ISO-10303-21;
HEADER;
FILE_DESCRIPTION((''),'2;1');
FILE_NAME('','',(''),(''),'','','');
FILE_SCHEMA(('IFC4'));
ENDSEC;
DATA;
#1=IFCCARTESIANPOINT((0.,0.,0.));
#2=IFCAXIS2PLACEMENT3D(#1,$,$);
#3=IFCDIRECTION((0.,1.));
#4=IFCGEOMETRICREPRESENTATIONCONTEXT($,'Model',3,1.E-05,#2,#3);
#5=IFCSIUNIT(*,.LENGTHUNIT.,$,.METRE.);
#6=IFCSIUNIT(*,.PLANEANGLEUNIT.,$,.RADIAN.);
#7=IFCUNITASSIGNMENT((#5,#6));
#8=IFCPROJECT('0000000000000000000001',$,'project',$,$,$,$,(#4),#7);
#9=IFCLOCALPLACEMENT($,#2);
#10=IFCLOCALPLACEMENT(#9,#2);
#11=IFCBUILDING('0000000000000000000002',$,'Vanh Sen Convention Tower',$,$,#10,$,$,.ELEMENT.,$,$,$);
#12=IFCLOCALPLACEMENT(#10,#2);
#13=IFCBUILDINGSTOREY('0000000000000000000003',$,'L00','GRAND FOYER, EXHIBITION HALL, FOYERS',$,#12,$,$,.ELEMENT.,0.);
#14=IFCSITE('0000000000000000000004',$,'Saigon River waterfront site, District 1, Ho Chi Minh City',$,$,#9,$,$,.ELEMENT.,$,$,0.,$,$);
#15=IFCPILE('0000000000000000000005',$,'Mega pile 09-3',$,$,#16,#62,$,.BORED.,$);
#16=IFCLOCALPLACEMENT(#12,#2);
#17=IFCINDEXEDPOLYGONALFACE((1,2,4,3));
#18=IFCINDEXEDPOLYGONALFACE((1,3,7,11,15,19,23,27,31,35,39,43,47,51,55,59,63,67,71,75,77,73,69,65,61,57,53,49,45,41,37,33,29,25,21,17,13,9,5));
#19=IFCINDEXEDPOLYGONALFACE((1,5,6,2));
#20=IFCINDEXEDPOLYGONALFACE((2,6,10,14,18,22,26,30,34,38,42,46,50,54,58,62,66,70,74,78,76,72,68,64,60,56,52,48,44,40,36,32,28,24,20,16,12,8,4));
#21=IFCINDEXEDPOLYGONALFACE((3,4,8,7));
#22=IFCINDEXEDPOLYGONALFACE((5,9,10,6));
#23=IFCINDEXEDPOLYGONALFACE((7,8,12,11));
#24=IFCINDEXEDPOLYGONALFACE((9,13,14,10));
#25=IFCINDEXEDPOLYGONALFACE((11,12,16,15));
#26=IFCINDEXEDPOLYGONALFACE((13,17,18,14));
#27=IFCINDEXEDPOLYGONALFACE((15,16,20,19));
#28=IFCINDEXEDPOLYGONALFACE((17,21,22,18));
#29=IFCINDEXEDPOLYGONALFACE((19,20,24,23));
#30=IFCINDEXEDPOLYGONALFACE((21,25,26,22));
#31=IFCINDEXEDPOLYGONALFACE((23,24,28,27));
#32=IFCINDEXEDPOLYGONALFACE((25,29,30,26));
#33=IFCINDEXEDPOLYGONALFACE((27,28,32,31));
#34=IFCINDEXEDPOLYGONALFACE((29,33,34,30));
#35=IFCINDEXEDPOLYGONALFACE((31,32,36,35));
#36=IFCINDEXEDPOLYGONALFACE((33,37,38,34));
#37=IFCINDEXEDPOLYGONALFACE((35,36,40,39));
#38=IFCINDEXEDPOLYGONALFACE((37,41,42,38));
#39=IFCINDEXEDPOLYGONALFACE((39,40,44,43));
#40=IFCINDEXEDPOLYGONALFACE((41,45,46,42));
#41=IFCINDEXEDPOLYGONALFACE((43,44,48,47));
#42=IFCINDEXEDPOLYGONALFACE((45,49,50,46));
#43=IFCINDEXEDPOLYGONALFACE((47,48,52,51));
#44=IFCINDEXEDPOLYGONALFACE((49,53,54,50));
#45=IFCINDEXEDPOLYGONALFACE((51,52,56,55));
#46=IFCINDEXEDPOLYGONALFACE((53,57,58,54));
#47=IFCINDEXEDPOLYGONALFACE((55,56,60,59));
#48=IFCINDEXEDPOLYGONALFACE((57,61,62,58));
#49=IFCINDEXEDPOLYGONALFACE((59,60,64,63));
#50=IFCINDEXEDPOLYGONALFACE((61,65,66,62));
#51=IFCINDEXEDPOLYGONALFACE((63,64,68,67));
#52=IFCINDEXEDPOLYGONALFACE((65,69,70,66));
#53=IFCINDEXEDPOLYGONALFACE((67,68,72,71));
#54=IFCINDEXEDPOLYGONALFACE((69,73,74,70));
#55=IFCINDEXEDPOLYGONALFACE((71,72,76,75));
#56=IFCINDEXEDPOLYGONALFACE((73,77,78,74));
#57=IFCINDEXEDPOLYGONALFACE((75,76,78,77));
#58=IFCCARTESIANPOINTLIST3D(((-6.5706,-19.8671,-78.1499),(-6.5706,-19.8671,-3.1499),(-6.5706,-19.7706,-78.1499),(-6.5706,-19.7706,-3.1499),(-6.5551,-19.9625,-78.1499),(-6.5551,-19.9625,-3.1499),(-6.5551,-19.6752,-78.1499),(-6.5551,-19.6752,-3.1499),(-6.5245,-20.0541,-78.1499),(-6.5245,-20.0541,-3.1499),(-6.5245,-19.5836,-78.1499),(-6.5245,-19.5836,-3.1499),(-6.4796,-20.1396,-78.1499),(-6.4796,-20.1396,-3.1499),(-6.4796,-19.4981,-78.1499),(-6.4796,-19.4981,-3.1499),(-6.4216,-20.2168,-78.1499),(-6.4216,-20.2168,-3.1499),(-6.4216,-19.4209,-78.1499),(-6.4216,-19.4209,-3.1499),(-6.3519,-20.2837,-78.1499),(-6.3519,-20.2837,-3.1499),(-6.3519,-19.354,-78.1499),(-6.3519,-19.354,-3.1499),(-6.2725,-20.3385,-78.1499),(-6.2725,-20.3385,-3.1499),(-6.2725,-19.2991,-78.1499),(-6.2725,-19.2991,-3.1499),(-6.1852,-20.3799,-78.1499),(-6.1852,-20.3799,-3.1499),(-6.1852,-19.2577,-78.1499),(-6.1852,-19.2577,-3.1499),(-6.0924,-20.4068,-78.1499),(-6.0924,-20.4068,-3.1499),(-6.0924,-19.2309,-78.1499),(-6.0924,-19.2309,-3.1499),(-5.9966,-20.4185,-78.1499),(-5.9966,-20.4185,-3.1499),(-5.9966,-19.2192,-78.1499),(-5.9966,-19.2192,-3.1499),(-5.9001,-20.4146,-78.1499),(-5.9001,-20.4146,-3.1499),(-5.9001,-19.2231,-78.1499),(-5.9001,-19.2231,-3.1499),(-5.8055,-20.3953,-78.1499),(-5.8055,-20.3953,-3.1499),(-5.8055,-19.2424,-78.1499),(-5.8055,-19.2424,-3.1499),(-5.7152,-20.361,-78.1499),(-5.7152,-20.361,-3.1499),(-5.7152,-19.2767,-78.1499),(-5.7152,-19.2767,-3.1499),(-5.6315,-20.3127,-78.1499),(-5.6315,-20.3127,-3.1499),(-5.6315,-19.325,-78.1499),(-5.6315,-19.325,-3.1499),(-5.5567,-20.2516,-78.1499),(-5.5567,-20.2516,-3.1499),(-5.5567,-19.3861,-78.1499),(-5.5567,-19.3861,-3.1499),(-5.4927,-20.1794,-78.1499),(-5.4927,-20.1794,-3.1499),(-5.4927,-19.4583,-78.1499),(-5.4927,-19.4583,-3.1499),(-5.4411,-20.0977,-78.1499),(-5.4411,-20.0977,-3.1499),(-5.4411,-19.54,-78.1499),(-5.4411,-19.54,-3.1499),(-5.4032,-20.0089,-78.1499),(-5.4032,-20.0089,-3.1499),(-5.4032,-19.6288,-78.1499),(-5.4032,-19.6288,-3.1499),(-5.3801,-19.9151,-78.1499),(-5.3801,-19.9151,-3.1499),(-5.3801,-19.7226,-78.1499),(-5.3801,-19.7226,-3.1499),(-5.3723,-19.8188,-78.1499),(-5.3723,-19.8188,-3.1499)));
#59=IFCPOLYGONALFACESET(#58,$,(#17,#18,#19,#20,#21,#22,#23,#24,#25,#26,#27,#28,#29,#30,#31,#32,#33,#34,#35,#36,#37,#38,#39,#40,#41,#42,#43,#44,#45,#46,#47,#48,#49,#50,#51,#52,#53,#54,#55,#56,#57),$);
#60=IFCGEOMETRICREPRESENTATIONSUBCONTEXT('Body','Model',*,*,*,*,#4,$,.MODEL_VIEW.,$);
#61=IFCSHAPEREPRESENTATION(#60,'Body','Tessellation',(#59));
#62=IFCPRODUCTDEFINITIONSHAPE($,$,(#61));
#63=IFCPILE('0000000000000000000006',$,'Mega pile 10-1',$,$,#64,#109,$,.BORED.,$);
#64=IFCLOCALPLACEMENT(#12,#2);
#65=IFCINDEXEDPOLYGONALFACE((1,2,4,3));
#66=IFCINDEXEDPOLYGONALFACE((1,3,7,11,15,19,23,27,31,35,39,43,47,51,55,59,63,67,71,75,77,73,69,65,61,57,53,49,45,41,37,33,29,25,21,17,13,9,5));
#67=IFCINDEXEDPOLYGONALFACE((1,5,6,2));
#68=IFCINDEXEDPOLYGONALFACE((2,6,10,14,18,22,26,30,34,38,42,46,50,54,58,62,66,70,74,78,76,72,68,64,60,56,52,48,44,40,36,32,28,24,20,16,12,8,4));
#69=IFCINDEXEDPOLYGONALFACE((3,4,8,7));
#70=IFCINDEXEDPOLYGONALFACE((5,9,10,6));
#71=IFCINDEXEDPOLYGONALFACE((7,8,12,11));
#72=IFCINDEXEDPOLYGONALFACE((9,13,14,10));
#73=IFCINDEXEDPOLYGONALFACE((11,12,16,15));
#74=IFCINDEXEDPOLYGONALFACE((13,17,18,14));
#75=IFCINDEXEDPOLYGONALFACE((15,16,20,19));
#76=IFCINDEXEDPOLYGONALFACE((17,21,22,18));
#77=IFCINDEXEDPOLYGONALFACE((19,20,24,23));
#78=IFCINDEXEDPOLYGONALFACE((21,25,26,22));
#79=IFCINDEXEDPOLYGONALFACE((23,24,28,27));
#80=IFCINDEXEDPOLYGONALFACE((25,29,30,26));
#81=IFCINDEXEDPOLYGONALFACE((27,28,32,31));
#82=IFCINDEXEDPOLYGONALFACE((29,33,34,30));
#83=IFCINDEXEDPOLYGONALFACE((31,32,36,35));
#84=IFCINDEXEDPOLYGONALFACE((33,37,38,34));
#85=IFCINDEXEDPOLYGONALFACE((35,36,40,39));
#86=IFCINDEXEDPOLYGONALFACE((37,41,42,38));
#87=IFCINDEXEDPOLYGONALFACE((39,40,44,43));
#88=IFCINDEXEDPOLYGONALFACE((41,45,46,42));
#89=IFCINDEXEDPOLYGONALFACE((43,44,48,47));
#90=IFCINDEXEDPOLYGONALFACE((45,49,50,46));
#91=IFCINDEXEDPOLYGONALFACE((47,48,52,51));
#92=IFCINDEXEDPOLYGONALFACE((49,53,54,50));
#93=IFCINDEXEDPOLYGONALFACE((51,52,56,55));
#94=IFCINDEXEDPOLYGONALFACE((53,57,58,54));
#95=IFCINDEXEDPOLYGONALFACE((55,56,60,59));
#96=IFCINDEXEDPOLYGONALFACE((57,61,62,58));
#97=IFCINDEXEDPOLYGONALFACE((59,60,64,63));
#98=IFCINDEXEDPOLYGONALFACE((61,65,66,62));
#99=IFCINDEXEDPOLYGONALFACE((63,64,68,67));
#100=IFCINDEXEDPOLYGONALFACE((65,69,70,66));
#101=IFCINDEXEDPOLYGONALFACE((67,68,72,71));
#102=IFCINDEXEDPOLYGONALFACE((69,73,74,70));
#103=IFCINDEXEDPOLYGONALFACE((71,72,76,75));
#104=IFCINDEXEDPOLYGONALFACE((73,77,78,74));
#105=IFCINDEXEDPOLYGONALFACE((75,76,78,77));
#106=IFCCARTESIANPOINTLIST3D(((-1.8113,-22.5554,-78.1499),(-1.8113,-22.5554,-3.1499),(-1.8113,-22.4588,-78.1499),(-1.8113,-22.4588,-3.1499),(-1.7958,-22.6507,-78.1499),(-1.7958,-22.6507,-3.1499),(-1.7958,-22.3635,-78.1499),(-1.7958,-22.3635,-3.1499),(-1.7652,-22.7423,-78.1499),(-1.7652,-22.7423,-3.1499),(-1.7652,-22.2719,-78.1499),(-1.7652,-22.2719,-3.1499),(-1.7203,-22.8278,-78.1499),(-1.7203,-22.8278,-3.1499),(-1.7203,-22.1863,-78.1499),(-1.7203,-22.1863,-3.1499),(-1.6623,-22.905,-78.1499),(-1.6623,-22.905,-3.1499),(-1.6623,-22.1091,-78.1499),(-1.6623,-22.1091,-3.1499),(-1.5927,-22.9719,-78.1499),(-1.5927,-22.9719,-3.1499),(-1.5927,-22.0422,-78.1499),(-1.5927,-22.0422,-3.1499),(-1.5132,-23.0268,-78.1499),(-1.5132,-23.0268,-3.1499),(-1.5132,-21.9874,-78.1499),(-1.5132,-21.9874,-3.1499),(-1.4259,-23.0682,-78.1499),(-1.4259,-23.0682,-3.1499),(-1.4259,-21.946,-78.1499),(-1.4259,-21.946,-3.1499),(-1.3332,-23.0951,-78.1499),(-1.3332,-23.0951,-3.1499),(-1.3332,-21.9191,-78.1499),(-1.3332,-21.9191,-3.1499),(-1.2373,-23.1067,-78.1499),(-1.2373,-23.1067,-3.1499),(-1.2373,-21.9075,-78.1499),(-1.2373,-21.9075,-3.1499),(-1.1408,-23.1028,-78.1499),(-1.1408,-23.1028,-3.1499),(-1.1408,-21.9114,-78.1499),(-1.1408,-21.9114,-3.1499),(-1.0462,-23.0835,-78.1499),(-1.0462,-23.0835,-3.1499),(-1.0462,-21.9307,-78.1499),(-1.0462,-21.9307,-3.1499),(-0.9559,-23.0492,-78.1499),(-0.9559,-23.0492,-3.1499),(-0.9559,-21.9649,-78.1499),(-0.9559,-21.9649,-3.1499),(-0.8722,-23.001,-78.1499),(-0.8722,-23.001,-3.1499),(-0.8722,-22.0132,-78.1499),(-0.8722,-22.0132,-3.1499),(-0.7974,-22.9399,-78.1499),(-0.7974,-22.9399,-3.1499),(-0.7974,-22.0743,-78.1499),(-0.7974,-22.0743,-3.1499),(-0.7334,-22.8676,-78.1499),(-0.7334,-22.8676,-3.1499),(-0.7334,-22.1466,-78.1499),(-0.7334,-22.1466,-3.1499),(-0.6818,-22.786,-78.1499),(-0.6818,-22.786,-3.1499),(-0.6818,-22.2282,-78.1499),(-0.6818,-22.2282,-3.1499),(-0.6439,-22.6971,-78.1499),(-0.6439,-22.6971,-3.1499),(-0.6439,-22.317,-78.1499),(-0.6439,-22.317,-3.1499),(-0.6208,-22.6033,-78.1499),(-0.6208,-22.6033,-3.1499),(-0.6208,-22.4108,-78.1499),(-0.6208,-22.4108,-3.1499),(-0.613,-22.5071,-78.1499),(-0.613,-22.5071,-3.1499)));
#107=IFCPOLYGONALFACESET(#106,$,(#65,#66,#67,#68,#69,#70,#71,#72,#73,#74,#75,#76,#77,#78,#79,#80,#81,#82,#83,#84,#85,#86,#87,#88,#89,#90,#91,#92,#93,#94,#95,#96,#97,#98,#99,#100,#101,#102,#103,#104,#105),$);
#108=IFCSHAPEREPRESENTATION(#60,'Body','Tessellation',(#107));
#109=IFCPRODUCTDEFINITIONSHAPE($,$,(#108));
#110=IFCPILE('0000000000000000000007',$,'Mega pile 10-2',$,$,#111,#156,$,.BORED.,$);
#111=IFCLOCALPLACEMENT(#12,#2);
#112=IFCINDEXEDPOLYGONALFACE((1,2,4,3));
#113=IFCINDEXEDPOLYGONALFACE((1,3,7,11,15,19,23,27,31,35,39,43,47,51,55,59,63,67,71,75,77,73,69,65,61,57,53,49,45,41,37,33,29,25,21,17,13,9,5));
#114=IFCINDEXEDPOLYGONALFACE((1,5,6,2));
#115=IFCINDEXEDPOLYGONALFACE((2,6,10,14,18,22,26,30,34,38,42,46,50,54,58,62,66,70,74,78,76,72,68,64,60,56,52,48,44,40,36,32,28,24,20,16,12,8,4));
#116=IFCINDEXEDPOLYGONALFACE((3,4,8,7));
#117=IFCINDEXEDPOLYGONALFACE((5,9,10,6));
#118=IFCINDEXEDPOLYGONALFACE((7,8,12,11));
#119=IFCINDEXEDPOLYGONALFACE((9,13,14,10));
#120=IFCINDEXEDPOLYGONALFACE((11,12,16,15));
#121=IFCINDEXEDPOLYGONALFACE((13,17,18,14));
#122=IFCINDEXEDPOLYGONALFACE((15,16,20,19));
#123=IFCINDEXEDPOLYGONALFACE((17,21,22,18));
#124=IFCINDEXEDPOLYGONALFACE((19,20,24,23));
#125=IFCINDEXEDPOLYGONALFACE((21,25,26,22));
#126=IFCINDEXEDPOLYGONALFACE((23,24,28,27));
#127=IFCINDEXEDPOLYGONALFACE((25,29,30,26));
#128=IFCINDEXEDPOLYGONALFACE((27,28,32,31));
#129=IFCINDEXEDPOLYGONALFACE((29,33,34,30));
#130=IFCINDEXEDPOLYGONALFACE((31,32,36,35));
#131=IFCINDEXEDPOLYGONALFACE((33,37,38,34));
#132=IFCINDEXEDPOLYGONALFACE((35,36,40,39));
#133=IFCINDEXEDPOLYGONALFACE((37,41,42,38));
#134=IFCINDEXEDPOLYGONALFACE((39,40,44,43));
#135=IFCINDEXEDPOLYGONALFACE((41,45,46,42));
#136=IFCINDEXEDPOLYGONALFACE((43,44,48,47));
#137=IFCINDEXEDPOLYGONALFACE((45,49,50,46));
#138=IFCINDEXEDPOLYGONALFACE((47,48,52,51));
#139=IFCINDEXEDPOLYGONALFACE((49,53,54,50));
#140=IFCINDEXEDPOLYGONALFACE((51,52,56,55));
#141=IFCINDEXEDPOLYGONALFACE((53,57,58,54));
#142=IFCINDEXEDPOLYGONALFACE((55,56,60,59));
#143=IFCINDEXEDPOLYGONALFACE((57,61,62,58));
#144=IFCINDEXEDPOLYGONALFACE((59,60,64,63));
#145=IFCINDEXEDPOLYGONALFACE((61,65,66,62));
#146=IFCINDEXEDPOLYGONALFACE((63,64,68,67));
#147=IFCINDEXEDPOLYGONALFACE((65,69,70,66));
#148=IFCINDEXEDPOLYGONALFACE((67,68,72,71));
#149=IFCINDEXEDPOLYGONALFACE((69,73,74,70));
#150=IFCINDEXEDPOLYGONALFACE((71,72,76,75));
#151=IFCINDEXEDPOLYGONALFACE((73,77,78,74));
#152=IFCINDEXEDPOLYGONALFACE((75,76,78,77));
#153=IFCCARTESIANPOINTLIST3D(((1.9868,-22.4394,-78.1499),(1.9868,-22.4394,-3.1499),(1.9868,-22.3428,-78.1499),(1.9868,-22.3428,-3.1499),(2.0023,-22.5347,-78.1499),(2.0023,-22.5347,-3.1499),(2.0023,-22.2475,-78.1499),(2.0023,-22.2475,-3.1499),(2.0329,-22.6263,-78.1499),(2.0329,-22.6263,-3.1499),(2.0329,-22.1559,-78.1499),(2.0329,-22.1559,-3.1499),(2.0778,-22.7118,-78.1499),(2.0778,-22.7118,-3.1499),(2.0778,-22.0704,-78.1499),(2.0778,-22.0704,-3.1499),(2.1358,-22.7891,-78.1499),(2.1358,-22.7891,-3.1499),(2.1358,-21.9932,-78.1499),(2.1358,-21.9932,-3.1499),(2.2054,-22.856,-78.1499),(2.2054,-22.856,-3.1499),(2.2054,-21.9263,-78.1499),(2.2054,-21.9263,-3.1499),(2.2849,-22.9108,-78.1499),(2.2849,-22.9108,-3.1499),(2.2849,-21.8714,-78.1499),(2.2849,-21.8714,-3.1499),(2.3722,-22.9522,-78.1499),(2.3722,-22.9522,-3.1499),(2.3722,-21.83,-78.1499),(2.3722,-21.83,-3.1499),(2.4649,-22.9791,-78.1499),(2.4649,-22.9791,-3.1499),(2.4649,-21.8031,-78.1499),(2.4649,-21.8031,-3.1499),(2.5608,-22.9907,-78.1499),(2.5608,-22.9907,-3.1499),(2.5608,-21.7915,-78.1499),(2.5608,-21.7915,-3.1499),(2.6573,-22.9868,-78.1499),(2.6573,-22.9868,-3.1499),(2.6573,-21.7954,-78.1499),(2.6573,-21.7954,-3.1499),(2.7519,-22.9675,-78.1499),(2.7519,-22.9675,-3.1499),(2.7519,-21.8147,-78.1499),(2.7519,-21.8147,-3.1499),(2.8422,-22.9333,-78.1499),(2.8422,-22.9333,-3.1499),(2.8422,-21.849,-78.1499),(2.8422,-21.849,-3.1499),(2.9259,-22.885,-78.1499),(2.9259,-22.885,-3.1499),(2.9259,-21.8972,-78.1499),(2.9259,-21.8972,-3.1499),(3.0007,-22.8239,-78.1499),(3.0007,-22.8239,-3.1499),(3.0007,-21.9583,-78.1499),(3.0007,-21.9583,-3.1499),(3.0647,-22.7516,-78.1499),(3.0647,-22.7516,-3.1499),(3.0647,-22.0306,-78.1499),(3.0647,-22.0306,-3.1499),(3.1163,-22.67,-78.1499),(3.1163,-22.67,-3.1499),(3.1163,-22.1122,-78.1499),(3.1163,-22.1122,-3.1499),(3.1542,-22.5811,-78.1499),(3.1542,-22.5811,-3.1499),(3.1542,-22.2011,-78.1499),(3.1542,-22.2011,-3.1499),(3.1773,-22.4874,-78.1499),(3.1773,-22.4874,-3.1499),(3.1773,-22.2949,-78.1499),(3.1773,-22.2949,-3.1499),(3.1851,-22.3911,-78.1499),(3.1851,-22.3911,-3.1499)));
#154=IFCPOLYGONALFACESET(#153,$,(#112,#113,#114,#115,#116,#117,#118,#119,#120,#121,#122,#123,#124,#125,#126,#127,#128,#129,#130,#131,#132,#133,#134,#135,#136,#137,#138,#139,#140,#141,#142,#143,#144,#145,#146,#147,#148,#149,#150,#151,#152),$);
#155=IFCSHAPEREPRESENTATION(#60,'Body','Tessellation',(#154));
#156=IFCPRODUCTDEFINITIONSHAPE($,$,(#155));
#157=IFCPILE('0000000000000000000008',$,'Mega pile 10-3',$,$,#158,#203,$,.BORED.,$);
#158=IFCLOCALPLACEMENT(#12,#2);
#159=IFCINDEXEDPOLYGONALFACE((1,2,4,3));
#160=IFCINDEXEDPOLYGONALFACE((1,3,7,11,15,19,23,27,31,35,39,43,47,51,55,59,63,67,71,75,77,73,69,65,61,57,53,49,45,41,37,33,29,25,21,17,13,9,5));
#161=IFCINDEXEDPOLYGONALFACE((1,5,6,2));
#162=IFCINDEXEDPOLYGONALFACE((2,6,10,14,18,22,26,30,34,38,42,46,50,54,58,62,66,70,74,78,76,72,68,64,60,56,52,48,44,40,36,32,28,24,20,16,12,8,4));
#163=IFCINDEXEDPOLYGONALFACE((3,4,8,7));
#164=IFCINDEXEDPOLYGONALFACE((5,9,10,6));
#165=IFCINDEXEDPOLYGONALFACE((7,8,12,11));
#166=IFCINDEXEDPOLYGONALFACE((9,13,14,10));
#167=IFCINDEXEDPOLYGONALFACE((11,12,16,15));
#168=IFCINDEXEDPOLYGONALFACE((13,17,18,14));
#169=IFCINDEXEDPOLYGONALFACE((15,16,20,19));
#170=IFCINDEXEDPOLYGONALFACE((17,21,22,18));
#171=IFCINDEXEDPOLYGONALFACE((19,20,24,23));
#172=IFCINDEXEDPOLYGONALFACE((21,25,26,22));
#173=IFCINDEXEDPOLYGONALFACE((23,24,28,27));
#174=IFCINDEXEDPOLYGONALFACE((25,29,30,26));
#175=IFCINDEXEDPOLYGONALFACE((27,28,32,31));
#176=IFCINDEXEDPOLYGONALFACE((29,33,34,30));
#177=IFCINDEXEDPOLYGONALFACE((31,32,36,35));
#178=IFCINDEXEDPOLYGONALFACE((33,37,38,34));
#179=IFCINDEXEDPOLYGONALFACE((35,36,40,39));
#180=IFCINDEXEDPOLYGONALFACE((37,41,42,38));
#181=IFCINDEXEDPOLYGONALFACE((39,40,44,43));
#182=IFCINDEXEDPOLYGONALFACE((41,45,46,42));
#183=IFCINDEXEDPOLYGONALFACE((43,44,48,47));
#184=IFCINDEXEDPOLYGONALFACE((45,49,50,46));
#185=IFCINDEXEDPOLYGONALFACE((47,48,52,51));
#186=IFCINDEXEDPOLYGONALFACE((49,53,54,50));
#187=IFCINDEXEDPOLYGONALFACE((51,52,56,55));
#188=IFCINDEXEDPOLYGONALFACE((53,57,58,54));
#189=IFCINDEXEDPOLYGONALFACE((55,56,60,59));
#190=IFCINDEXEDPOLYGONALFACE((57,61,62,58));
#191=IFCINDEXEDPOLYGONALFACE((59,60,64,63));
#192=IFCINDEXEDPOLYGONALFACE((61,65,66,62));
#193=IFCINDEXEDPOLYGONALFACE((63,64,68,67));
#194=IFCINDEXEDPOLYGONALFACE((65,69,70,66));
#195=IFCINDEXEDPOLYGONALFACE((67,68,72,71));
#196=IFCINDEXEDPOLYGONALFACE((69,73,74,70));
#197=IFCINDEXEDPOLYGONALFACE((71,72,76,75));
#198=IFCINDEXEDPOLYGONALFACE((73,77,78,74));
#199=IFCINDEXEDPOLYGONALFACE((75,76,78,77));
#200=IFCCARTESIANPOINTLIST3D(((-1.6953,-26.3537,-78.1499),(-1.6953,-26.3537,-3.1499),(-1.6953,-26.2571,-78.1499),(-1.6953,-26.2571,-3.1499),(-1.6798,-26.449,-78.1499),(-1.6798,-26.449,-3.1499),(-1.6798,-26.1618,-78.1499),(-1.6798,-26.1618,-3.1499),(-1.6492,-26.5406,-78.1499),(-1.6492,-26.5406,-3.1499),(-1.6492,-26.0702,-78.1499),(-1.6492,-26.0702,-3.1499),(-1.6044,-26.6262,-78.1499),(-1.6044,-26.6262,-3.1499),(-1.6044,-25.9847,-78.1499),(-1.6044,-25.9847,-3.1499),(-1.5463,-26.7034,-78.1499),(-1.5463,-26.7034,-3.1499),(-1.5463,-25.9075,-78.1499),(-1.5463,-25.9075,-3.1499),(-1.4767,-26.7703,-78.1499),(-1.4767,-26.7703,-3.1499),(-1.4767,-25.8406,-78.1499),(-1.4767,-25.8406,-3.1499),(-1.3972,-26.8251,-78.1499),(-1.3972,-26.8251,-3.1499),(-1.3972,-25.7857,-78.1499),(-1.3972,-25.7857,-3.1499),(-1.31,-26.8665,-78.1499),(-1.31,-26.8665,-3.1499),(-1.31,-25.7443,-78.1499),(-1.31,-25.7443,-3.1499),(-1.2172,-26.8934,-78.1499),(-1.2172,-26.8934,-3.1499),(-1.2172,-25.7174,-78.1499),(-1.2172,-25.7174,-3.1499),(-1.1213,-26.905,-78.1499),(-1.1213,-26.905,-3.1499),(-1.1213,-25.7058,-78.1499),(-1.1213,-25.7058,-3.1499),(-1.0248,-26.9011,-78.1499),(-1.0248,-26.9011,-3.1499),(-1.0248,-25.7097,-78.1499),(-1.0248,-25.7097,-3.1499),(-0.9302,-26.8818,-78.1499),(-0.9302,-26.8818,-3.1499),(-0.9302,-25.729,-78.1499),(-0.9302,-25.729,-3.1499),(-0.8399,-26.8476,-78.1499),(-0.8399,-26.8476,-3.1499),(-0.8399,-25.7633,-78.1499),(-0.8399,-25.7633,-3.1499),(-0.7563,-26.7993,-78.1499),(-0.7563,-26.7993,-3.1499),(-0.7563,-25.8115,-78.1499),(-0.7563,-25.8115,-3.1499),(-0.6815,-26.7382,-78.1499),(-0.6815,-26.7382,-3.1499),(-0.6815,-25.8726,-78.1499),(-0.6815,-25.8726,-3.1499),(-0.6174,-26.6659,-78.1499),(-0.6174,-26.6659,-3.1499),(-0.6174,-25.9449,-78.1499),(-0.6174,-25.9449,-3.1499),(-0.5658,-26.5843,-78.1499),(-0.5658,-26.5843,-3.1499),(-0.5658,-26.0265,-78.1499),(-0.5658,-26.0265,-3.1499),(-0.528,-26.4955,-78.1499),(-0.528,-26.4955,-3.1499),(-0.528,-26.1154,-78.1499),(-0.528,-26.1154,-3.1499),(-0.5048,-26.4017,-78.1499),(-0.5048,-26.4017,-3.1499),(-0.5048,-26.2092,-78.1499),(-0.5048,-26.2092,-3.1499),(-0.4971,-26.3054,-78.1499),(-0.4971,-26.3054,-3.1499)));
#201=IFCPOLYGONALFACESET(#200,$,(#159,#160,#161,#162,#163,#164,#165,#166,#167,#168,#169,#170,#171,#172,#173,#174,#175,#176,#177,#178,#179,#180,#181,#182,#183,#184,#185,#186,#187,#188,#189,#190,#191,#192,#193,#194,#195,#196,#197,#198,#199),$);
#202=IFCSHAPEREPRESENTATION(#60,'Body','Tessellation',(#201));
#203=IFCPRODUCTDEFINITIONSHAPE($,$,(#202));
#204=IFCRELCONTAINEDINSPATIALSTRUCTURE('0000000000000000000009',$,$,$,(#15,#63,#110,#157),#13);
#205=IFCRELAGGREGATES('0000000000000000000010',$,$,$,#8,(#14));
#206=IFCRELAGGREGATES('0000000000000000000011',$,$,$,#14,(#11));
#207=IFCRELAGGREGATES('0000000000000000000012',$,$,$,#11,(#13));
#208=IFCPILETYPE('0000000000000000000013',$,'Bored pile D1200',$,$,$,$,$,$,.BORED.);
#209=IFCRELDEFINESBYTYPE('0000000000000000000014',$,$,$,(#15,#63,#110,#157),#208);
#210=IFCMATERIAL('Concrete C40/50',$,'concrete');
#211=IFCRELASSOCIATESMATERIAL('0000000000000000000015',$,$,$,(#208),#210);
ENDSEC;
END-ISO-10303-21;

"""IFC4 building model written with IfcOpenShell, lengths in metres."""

from ifc_helpers import new_model, si_unit, direction, frame, origin, origin_2d, place, context, subcontext, project, spatial, circle, extrude, material, material_profile, profile_set, type_object, element, save


model = new_model("IFC4")

# Units and contexts
model_context = context("Model", 3, precision=1e-05, world=origin(), true_north=direction((0.0, 1.0)))
body_context = subcontext(model_context, "Body", "Model", "MODEL_VIEW")
ifc_project = project(units=[si_unit("LENGTHUNIT", "METRE"), si_unit("PLANEANGLEUNIT", "RADIAN")], contexts=[model_context])

# Site, building, storey
site_placement = place(None, origin())
site = spatial("IfcSite", under=ifc_project, at=site_placement, Name="Saigon River waterfront site, District 1, Ho Chi Minh City", CompositionType="ELEMENT", RefElevation=0.0)
building_placement = place(site_placement, origin())
building = spatial("IfcBuilding", under=site, at=building_placement, Name="Vanh Sen Convention Tower", CompositionType="ELEMENT")
storey_placement = place(building_placement, origin())
storey = spatial("IfcBuildingStorey", under=building, at=storey_placement, Name="L00", Description="GRAND FOYER, EXHIBITION HALL, FOYERS", CompositionType="ELEMENT", Elevation=0.0)

# Piles
ifc_material_1 = material(Name="Concrete C40/50", Category="concrete")
ifc_material_profile_1 = material_profile(ifc_material_1, circle(Radius=0.6001, at=origin_2d()), Name="Bored pile D1200")
ifc_profile_set_1 = profile_set([ifc_material_profile_1], Name="Concrete C40/50")
pile_type_1 = type_object("IfcPileType", Name="Bored pile D1200", PredefinedType="BORED", material=ifc_profile_set_1)
for number, where, z_axis, x_axis, name in (
    (1, (-5.9724, -19.8188, -3.1499), (0.0, 0.0, -1.0), (1.0, 0.0, 0.0), "Mega pile 09-3"),
    (2, (-1.2131, -22.5071, -3.1499), (0.0, 0.0, -1.0), (1.0, 0.0, 0.0), "Mega pile 10-1"),
    (3, (2.585, -22.3911, -3.1499), (0.0, 0.0, -1.0), (1.0, 0.0, 0.0), "Mega pile 10-2"),
    (4, (-1.0972, -26.3054, -3.1499), (0.0, 0.0, -1.0), (1.0, 0.0, 0.0), "Mega pile 10-3"),
):
    element("IfcPile", number, at=place(storey_placement, frame(where, z_axis=z_axis, x_axis=x_axis)), inside=storey, type_object=pile_type_1, Name=name, PredefinedType="BORED", context=body_context, shape_type="SweptSolid", body=[
        extrude(circle(Radius=0.6001, at=origin_2d()), origin(), (0.0, 0.0, 1.0), 75.0),
    ])

save(model, "model.ifc")
